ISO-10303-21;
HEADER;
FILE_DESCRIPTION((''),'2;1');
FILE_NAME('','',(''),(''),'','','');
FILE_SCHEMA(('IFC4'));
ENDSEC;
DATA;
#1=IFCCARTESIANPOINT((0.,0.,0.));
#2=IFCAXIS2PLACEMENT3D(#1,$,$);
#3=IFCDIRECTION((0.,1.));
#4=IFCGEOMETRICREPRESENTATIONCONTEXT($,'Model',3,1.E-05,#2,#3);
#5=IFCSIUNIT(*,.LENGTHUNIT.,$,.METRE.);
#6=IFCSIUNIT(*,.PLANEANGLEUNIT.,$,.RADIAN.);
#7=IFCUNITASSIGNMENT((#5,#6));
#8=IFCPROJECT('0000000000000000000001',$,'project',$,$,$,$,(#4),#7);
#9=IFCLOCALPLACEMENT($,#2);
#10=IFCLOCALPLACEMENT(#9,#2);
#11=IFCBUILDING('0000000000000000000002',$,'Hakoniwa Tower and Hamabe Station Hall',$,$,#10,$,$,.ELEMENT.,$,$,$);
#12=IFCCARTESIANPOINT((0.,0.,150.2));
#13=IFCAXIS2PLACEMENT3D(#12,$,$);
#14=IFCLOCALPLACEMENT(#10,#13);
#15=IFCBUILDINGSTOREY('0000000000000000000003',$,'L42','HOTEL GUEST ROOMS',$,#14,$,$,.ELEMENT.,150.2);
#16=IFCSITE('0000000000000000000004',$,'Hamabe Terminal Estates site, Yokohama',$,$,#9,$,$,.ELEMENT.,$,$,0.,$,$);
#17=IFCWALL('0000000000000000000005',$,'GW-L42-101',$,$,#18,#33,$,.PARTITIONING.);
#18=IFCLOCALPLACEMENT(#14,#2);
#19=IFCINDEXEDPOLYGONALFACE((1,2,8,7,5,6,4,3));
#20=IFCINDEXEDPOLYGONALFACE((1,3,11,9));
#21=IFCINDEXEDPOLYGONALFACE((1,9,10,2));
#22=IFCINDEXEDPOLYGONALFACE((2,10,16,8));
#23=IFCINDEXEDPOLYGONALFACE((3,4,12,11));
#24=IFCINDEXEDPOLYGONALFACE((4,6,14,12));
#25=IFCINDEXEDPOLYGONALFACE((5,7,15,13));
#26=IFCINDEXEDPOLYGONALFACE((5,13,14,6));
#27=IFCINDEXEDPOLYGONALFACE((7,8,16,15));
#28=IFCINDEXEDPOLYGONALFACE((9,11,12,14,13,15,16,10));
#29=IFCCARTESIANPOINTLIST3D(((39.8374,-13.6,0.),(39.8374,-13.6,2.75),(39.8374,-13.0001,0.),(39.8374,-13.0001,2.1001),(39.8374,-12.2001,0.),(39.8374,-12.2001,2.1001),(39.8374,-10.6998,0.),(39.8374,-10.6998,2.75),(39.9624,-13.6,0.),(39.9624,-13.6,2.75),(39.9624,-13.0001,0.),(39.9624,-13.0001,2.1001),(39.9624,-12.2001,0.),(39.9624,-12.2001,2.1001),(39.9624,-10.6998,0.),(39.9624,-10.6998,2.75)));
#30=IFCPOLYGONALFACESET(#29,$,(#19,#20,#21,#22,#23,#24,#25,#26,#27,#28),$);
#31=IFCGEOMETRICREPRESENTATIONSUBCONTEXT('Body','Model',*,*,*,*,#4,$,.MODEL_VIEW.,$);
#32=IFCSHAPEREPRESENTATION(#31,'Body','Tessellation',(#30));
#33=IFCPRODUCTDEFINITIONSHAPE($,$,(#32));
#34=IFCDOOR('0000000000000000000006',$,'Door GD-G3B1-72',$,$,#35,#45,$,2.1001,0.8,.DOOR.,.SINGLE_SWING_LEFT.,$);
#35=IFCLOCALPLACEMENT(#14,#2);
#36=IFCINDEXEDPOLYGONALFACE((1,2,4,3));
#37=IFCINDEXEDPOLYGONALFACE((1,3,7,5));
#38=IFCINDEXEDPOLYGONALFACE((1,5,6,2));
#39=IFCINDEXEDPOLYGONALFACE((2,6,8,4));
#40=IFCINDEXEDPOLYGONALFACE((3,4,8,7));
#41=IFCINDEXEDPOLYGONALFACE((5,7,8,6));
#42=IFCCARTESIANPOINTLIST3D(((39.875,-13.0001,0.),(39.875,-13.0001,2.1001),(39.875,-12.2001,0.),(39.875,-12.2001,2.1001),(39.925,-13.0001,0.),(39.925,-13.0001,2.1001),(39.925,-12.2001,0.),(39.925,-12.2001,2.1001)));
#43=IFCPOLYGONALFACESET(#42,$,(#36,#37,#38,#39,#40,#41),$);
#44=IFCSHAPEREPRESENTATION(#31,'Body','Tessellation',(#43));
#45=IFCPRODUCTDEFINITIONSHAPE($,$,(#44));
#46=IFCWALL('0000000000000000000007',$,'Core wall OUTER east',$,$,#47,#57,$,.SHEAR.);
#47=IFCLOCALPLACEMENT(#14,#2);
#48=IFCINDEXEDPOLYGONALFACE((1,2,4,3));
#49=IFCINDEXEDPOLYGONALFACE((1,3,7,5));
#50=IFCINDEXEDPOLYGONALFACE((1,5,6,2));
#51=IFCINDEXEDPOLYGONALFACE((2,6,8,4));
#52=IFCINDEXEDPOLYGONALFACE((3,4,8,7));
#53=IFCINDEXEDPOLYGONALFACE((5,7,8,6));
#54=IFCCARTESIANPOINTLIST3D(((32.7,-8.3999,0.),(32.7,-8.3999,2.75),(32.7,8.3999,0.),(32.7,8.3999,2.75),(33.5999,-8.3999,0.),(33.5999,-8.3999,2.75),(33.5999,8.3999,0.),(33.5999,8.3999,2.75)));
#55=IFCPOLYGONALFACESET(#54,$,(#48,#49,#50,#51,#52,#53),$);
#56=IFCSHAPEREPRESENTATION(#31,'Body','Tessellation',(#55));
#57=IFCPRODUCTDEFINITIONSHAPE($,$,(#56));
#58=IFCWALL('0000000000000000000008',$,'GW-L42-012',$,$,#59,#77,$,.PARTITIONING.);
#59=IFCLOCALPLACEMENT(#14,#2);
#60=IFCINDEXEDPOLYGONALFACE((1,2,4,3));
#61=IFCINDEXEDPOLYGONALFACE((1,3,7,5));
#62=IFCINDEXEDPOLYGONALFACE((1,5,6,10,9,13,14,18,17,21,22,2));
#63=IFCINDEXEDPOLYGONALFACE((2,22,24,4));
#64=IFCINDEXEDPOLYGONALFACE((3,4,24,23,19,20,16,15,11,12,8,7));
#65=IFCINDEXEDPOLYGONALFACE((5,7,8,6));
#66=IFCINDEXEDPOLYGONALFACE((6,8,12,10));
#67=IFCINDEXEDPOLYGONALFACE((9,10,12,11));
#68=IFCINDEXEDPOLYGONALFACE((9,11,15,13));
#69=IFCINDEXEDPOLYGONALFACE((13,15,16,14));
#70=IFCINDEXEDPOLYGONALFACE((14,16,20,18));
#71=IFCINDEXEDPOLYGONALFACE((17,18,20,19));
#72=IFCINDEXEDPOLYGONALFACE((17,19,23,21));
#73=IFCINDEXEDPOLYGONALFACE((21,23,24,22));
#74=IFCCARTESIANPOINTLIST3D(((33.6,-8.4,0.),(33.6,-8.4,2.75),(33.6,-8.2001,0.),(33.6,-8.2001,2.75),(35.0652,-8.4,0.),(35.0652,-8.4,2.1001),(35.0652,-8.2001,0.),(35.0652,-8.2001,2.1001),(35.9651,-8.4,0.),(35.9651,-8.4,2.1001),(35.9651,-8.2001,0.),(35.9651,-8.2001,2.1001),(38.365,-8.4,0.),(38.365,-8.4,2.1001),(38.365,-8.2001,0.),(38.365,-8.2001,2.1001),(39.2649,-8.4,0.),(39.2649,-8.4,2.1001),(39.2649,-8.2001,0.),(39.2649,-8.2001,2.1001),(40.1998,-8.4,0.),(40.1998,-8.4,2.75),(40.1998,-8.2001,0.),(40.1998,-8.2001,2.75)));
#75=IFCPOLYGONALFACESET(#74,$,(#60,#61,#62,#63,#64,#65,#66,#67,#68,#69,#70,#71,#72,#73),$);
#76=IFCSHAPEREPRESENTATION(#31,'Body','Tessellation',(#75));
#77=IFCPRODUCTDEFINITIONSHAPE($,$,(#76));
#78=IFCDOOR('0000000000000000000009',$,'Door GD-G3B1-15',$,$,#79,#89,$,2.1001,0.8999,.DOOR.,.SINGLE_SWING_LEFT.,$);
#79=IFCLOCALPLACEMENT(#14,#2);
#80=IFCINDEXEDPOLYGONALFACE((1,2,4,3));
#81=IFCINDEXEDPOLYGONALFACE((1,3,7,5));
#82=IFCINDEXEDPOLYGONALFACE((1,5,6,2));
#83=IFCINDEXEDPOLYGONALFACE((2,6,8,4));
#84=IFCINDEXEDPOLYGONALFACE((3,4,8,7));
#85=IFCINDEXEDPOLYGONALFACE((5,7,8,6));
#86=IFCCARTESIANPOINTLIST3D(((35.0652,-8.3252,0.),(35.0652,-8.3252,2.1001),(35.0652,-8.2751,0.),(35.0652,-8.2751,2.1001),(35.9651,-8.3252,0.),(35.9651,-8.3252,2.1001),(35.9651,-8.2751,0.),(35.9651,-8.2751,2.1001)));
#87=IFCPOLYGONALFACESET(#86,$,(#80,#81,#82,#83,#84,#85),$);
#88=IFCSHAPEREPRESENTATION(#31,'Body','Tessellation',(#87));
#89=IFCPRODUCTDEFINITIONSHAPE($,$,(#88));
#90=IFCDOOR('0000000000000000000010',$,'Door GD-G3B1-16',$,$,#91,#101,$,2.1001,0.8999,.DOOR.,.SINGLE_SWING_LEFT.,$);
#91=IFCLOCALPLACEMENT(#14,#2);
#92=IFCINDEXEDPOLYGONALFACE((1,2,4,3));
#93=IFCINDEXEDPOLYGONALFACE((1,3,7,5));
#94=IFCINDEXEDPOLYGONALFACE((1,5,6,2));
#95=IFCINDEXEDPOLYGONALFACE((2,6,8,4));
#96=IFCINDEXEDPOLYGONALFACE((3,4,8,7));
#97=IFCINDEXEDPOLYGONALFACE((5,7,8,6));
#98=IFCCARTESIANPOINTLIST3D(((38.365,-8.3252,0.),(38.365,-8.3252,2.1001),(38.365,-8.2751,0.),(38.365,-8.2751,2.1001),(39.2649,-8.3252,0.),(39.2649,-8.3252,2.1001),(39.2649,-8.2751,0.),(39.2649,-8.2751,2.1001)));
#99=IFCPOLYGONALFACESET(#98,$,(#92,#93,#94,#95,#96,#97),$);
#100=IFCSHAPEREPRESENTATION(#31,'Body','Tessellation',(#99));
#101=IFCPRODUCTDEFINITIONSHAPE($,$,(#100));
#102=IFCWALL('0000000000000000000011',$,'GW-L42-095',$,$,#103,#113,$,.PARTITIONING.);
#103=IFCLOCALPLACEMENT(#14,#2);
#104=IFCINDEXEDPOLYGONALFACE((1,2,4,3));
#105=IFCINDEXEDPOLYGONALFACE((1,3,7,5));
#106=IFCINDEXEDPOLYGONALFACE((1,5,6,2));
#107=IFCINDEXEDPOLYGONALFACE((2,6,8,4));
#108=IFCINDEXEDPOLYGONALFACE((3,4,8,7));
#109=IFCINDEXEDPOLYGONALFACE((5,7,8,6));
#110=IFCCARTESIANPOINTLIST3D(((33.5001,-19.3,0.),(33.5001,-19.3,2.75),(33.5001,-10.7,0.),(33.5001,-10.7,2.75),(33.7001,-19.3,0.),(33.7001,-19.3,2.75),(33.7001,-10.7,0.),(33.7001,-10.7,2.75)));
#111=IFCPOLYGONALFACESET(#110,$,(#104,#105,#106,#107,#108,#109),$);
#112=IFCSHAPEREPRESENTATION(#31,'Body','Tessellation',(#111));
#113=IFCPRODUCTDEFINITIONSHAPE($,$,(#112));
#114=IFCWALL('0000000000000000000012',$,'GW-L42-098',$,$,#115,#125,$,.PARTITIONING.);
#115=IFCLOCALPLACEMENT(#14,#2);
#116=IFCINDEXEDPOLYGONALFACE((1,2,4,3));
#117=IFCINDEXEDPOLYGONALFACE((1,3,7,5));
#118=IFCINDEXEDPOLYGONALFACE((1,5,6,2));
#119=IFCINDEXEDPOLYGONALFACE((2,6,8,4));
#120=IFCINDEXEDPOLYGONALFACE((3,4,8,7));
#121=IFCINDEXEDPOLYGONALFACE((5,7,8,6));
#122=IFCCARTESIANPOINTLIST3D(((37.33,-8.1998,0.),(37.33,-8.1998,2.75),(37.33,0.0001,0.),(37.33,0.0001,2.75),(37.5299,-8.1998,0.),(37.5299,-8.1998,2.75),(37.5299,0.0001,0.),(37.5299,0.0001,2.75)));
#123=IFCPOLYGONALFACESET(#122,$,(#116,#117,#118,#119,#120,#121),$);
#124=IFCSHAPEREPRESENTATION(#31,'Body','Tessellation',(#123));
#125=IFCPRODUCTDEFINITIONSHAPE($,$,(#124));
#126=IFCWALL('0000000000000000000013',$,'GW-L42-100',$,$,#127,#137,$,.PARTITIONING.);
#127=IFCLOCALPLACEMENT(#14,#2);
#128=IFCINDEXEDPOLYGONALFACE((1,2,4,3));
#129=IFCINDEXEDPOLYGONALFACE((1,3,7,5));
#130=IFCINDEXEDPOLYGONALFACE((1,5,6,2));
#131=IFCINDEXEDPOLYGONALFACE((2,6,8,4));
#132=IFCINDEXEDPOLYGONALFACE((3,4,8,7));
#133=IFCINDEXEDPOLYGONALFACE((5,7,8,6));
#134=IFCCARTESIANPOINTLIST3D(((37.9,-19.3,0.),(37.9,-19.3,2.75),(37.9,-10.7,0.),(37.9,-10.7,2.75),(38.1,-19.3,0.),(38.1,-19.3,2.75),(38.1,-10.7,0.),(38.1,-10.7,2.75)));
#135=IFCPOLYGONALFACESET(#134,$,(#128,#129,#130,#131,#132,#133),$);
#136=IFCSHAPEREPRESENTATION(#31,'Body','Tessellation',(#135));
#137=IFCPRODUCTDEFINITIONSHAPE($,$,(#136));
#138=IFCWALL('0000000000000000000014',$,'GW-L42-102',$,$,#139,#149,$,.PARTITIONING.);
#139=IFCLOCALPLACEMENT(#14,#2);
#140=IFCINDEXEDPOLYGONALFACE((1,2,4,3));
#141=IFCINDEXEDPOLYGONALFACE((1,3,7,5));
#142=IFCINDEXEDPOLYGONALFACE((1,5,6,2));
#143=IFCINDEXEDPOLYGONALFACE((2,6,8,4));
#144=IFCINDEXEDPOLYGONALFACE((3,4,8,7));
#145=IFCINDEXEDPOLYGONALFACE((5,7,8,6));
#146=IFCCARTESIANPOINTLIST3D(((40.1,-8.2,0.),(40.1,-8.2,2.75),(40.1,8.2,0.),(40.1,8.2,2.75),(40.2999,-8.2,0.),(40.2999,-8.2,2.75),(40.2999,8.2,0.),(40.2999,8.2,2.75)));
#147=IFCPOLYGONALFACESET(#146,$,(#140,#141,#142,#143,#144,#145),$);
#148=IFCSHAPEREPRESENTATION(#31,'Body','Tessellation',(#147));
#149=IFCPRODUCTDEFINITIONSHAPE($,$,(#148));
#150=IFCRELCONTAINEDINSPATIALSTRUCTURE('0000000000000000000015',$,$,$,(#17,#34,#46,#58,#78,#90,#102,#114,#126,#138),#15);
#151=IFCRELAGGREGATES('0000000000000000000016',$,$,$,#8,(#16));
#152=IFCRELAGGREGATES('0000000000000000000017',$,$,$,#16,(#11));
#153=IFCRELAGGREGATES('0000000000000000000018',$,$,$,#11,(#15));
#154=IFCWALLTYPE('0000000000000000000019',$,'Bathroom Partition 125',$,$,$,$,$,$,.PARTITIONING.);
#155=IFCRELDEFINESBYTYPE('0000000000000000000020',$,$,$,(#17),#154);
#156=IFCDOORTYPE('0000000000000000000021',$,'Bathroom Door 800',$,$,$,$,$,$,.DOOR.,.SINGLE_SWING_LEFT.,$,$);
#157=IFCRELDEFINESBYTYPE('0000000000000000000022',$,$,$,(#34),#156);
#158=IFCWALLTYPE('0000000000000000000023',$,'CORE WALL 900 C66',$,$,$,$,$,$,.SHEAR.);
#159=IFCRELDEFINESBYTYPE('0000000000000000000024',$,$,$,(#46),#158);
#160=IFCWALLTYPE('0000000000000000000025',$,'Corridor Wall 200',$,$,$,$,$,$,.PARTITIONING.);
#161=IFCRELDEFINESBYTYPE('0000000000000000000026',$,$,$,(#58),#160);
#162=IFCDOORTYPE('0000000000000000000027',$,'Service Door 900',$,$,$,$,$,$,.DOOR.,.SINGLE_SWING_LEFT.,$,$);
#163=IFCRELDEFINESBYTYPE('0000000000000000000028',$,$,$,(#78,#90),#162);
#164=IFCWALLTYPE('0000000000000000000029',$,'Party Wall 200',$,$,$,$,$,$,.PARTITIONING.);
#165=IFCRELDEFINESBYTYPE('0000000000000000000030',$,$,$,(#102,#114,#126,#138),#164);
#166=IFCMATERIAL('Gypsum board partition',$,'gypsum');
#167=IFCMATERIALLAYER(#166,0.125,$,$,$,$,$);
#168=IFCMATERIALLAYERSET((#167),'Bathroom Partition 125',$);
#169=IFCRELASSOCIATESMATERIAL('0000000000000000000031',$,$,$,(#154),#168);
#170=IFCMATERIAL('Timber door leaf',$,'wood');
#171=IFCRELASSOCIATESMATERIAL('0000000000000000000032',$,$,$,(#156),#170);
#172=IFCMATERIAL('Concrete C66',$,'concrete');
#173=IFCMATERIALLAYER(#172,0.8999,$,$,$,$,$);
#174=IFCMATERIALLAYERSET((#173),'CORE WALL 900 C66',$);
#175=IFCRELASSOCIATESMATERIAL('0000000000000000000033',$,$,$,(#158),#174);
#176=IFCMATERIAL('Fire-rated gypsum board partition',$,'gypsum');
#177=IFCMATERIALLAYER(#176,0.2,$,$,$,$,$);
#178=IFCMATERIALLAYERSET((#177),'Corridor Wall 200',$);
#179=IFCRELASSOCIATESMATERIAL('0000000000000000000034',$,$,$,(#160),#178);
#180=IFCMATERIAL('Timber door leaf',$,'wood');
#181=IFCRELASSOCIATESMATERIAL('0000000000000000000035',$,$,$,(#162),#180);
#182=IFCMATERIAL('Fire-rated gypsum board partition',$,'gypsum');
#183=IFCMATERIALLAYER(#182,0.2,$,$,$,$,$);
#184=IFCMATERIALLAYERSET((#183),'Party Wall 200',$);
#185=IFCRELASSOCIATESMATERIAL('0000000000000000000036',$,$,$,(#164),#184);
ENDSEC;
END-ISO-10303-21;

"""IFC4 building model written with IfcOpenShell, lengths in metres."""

from ifc_helpers import new_model, si_unit, direction, frame, frame_2d, origin, place, context, subcontext, project, spatial, rectangle, extrude, material, layer, layer_set, type_object, element, fill, save


model = new_model("IFC4")

# Units and contexts
model_context = context("Model", 3, precision=1e-05, world=origin(), true_north=direction((0.0, 1.0)))
body_context = subcontext(model_context, "Body", "Model", "MODEL_VIEW")
ifc_project = project(units=[si_unit("LENGTHUNIT", "METRE"), si_unit("PLANEANGLEUNIT", "RADIAN")], contexts=[model_context])

# Site, building, storey
site_placement = place(None, origin())
site = spatial("IfcSite", under=ifc_project, at=site_placement, Name="Hamabe Terminal Estates site, Yokohama", CompositionType="ELEMENT", RefElevation=0.0)
building_placement = place(site_placement, origin())
building = spatial("IfcBuilding", under=site, at=building_placement, Name="Hakoniwa Tower and Hamabe Station Hall", CompositionType="ELEMENT")
storey_placement = place(building_placement, frame((0.0, 0.0, 150.2)))
storey = spatial("IfcBuildingStorey", under=building, at=storey_placement, Name="L42", Description="HOTEL GUEST ROOMS", CompositionType="ELEMENT", Elevation=150.2)

# Shared definitions
ifc_material_1 = material(Name="Gypsum board partition", Category="gypsum")
ifc_layer_1 = layer(ifc_material_1, 0.125)
ifc_layer_set_1 = layer_set([ifc_layer_1], Name="Bathroom Partition 125")
wall_type_1 = type_object("IfcWallType", Name="Bathroom Partition 125", PredefinedType="PARTITIONING", material=ifc_layer_set_1)

# Wall, opening, door
ifc_material_2 = material(Name="Timber door leaf", Category="wood")
door_type_1 = type_object("IfcDoorType", Name="Bathroom Door 800", OperationType="SINGLE_SWING_LEFT", PredefinedType="DOOR", material=ifc_material_2)
wall_1_placement = place(storey_placement, frame((39.8999, -13.6001, 0.0), z_axis=(0.0, 0.0, 1.0), x_axis=(0.0, 1.0, 0.0)))
wall_1 = element("IfcWall", 1, at=wall_1_placement, inside=storey, type_object=wall_type_1, Name="GW-L42-101", PredefinedType="PARTITIONING", context=body_context, shape_type="SweptSolid", body=[
    extrude(rectangle(XDim=2.9001, YDim=0.125, at=frame_2d((1.4502, 0.0))), origin(), (0.0, 0.0, 1.0), 2.75),
])
opening_1_placement = place(wall_1_placement, frame((0.6001, 0.0, 0.0)))
opening_1 = element("IfcOpeningElement", 2, at=opening_1_placement, cuts=wall_1, PredefinedType="OPENING", context=body_context, shape_type="SweptSolid", body=[
    extrude(rectangle(XDim=0.8, YDim=2.1001, at=frame_2d((0.3999, 1.05))), frame((0.0, 0.0725, 0.0), z_axis=(0.0, -1.0, 0.0), x_axis=(1.0, 0.0, 0.0)), (0.0, 0.0, 1.0), 0.145),
])
door_1_placement = place(opening_1_placement, origin())
door_1 = element("IfcDoor", 3, at=door_1_placement, inside=storey, type_object=door_type_1, Name="Door GD-G3B1-72", OperationType="SINGLE_SWING_LEFT", OverallHeight=2.1001, OverallWidth=0.8, PredefinedType="DOOR", context=body_context, shape_type="SweptSolid", body=[
    extrude(rectangle(XDim=0.8, YDim=2.1001, at=frame_2d((0.3999, 1.05))), frame((0.0, 0.0249, 0.0), z_axis=(0.0, -1.0, 0.0), x_axis=(1.0, 0.0, 0.0)), (0.0, 0.0, 1.0), 0.05),
])
fill(opening_1, door_1)

# Wall
ifc_material_3 = material(Name="Concrete C66", Category="concrete")
ifc_layer_2 = layer(ifc_material_3, 0.8999)
ifc_layer_set_2 = layer_set([ifc_layer_2], Name="CORE WALL 900 C66")
wall_type_2 = type_object("IfcWallType", Name="CORE WALL 900 C66", PredefinedType="SHEAR", material=ifc_layer_set_2)
wall_2_placement = place(storey_placement, frame((33.1499, -8.3999, 0.0), z_axis=(0.0, 0.0, 1.0), x_axis=(0.0, 1.0, 0.0)))
element("IfcWall", 4, at=wall_2_placement, inside=storey, type_object=wall_type_2, Name="Core wall OUTER east", PredefinedType="SHEAR", context=body_context, shape_type="SweptSolid", body=[
    extrude(rectangle(XDim=16.7998, YDim=0.8999, at=frame_2d((8.3999, 0.0))), origin(), (0.0, 0.0, 1.0), 2.75),
])

# Wall, openings, doors
ifc_material_4 = material(Name="Fire-rated gypsum board partition", Category="gypsum")
ifc_layer_3 = layer(ifc_material_4, 0.2)
ifc_layer_set_3 = layer_set([ifc_layer_3], Name="Corridor Wall 200")
wall_type_3 = type_object("IfcWallType", Name="Corridor Wall 200", PredefinedType="PARTITIONING", material=ifc_layer_set_3)
wall_3_placement = place(storey_placement, frame((33.6001, -8.3, 0.0), z_axis=(0.0, 0.0, 1.0), x_axis=(1.0, 0.0, 0.0)))
wall_3 = element("IfcWall", 5, at=wall_3_placement, inside=storey, type_object=wall_type_3, Name="GW-L42-012", PredefinedType="PARTITIONING", context=body_context, shape_type="SweptSolid", body=[
    extrude(rectangle(XDim=6.5999, YDim=0.2, at=frame_2d((3.2998, 0.0))), origin(), (0.0, 0.0, 1.0), 2.75),
])
opening_2_placement = place(wall_3_placement, frame((1.4651, 0.0, 0.0)))
opening_2 = element("IfcOpeningElement", 6, at=opening_2_placement, cuts=wall_3, PredefinedType="OPENING", context=body_context, shape_type="SweptSolid", body=[
    extrude(rectangle(XDim=0.8999, YDim=2.1001, at=frame_2d((0.45, 1.05))), frame((0.0, 0.1099, 0.0), z_axis=(0.0, -1.0, 0.0), x_axis=(1.0, 0.0, 0.0)), (0.0, 0.0, 1.0), 0.22),
])
opening_3_placement = place(wall_3_placement, frame((4.7649, 0.0, 0.0)))
opening_3 = element("IfcOpeningElement", 7, at=opening_3_placement, cuts=wall_3, PredefinedType="OPENING", context=body_context, shape_type="SweptSolid", body=[
    extrude(rectangle(XDim=0.8999, YDim=2.1001, at=frame_2d((0.45, 1.05))), frame((0.0, 0.1099, 0.0), z_axis=(0.0, -1.0, 0.0), x_axis=(1.0, 0.0, 0.0)), (0.0, 0.0, 1.0), 0.22),
])
ifc_material_5 = material(Name="Timber door leaf", Category="wood")
door_type_2 = type_object("IfcDoorType", Name="Service Door 900", OperationType="SINGLE_SWING_LEFT", PredefinedType="DOOR", material=ifc_material_5)
door_2_placement = place(opening_2_placement, origin())
door_2 = element("IfcDoor", 8, at=door_2_placement, inside=storey, type_object=door_type_2, Name="Door GD-G3B1-15", OperationType="SINGLE_SWING_LEFT", OverallHeight=2.1001, OverallWidth=0.8999, PredefinedType="DOOR", context=body_context, shape_type="SweptSolid", body=[
    extrude(rectangle(XDim=0.8999, YDim=2.1001, at=frame_2d((0.45, 1.05))), frame((0.0, 0.0249, 0.0), z_axis=(0.0, -1.0, 0.0), x_axis=(1.0, 0.0, 0.0)), (0.0, 0.0, 1.0), 0.05),
])
fill(opening_2, door_2)
door_3_placement = place(opening_3_placement, origin())
door_3 = element("IfcDoor", 9, at=door_3_placement, inside=storey, type_object=door_type_2, Name="Door GD-G3B1-16", OperationType="SINGLE_SWING_LEFT", OverallHeight=2.1001, OverallWidth=0.8999, PredefinedType="DOOR", context=body_context, shape_type="SweptSolid", body=[
    extrude(rectangle(XDim=0.8999, YDim=2.1001, at=frame_2d((0.45, 1.05))), frame((0.0, 0.0249, 0.0), z_axis=(0.0, -1.0, 0.0), x_axis=(1.0, 0.0, 0.0)), (0.0, 0.0, 1.0), 0.05),
])
fill(opening_3, door_3)

# Walls
ifc_material_6 = material(Name="Fire-rated gypsum board partition", Category="gypsum")
ifc_layer_4 = layer(ifc_material_6, 0.2)
ifc_layer_set_4 = layer_set([ifc_layer_4], Name="Party Wall 200")
wall_type_4 = type_object("IfcWallType", Name="Party Wall 200", PredefinedType="PARTITIONING", material=ifc_layer_set_4)
wall_4_placement = place(storey_placement, frame((33.6001, -19.3, 0.0), z_axis=(0.0, 0.0, 1.0), x_axis=(0.0, 1.0, 0.0)))
element("IfcWall", 10, at=wall_4_placement, inside=storey, type_object=wall_type_4, Name="GW-L42-095", PredefinedType="PARTITIONING", context=body_context, shape_type="SweptSolid", body=[
    extrude(rectangle(XDim=8.6001, YDim=0.2, at=frame_2d((4.3, 0.0))), origin(), (0.0, 0.0, 1.0), 2.75),
])
wall_5_placement = place(storey_placement, frame((37.4299, -8.2, 0.0), z_axis=(0.0, 0.0, 1.0), x_axis=(0.0, 1.0, 0.0)))
element("IfcWall", 11, at=wall_5_placement, inside=storey, type_object=wall_type_4, Name="GW-L42-098", PredefinedType="PARTITIONING", context=body_context, shape_type="SweptSolid", body=[
    extrude(rectangle(XDim=8.2, YDim=0.2, at=frame_2d((4.1001, 0.0))), origin(), (0.0, 0.0, 1.0), 2.75),
])
wall_6_placement = place(storey_placement, frame((38.0, -19.3, 0.0), z_axis=(0.0, 0.0, 1.0), x_axis=(0.0, 1.0, 0.0)))
element("IfcWall", 12, at=wall_6_placement, inside=storey, type_object=wall_type_4, Name="GW-L42-100", PredefinedType="PARTITIONING", context=body_context, shape_type="SweptSolid", body=[
    extrude(rectangle(XDim=8.6001, YDim=0.2, at=frame_2d((4.3, 0.0))), origin(), (0.0, 0.0, 1.0), 2.75),
])
wall_7_placement = place(storey_placement, frame((40.2, -8.2, 0.0), z_axis=(0.0, 0.0, 1.0), x_axis=(0.0, 1.0, 0.0)))
element("IfcWall", 13, at=wall_7_placement, inside=storey, type_object=wall_type_4, Name="GW-L42-102", PredefinedType="PARTITIONING", context=body_context, shape_type="SweptSolid", body=[
    extrude(rectangle(XDim=16.3999, YDim=0.2, at=frame_2d((8.2, 0.0))), origin(), (0.0, 0.0, 1.0), 2.75),
])

save(model, "model.ifc")
